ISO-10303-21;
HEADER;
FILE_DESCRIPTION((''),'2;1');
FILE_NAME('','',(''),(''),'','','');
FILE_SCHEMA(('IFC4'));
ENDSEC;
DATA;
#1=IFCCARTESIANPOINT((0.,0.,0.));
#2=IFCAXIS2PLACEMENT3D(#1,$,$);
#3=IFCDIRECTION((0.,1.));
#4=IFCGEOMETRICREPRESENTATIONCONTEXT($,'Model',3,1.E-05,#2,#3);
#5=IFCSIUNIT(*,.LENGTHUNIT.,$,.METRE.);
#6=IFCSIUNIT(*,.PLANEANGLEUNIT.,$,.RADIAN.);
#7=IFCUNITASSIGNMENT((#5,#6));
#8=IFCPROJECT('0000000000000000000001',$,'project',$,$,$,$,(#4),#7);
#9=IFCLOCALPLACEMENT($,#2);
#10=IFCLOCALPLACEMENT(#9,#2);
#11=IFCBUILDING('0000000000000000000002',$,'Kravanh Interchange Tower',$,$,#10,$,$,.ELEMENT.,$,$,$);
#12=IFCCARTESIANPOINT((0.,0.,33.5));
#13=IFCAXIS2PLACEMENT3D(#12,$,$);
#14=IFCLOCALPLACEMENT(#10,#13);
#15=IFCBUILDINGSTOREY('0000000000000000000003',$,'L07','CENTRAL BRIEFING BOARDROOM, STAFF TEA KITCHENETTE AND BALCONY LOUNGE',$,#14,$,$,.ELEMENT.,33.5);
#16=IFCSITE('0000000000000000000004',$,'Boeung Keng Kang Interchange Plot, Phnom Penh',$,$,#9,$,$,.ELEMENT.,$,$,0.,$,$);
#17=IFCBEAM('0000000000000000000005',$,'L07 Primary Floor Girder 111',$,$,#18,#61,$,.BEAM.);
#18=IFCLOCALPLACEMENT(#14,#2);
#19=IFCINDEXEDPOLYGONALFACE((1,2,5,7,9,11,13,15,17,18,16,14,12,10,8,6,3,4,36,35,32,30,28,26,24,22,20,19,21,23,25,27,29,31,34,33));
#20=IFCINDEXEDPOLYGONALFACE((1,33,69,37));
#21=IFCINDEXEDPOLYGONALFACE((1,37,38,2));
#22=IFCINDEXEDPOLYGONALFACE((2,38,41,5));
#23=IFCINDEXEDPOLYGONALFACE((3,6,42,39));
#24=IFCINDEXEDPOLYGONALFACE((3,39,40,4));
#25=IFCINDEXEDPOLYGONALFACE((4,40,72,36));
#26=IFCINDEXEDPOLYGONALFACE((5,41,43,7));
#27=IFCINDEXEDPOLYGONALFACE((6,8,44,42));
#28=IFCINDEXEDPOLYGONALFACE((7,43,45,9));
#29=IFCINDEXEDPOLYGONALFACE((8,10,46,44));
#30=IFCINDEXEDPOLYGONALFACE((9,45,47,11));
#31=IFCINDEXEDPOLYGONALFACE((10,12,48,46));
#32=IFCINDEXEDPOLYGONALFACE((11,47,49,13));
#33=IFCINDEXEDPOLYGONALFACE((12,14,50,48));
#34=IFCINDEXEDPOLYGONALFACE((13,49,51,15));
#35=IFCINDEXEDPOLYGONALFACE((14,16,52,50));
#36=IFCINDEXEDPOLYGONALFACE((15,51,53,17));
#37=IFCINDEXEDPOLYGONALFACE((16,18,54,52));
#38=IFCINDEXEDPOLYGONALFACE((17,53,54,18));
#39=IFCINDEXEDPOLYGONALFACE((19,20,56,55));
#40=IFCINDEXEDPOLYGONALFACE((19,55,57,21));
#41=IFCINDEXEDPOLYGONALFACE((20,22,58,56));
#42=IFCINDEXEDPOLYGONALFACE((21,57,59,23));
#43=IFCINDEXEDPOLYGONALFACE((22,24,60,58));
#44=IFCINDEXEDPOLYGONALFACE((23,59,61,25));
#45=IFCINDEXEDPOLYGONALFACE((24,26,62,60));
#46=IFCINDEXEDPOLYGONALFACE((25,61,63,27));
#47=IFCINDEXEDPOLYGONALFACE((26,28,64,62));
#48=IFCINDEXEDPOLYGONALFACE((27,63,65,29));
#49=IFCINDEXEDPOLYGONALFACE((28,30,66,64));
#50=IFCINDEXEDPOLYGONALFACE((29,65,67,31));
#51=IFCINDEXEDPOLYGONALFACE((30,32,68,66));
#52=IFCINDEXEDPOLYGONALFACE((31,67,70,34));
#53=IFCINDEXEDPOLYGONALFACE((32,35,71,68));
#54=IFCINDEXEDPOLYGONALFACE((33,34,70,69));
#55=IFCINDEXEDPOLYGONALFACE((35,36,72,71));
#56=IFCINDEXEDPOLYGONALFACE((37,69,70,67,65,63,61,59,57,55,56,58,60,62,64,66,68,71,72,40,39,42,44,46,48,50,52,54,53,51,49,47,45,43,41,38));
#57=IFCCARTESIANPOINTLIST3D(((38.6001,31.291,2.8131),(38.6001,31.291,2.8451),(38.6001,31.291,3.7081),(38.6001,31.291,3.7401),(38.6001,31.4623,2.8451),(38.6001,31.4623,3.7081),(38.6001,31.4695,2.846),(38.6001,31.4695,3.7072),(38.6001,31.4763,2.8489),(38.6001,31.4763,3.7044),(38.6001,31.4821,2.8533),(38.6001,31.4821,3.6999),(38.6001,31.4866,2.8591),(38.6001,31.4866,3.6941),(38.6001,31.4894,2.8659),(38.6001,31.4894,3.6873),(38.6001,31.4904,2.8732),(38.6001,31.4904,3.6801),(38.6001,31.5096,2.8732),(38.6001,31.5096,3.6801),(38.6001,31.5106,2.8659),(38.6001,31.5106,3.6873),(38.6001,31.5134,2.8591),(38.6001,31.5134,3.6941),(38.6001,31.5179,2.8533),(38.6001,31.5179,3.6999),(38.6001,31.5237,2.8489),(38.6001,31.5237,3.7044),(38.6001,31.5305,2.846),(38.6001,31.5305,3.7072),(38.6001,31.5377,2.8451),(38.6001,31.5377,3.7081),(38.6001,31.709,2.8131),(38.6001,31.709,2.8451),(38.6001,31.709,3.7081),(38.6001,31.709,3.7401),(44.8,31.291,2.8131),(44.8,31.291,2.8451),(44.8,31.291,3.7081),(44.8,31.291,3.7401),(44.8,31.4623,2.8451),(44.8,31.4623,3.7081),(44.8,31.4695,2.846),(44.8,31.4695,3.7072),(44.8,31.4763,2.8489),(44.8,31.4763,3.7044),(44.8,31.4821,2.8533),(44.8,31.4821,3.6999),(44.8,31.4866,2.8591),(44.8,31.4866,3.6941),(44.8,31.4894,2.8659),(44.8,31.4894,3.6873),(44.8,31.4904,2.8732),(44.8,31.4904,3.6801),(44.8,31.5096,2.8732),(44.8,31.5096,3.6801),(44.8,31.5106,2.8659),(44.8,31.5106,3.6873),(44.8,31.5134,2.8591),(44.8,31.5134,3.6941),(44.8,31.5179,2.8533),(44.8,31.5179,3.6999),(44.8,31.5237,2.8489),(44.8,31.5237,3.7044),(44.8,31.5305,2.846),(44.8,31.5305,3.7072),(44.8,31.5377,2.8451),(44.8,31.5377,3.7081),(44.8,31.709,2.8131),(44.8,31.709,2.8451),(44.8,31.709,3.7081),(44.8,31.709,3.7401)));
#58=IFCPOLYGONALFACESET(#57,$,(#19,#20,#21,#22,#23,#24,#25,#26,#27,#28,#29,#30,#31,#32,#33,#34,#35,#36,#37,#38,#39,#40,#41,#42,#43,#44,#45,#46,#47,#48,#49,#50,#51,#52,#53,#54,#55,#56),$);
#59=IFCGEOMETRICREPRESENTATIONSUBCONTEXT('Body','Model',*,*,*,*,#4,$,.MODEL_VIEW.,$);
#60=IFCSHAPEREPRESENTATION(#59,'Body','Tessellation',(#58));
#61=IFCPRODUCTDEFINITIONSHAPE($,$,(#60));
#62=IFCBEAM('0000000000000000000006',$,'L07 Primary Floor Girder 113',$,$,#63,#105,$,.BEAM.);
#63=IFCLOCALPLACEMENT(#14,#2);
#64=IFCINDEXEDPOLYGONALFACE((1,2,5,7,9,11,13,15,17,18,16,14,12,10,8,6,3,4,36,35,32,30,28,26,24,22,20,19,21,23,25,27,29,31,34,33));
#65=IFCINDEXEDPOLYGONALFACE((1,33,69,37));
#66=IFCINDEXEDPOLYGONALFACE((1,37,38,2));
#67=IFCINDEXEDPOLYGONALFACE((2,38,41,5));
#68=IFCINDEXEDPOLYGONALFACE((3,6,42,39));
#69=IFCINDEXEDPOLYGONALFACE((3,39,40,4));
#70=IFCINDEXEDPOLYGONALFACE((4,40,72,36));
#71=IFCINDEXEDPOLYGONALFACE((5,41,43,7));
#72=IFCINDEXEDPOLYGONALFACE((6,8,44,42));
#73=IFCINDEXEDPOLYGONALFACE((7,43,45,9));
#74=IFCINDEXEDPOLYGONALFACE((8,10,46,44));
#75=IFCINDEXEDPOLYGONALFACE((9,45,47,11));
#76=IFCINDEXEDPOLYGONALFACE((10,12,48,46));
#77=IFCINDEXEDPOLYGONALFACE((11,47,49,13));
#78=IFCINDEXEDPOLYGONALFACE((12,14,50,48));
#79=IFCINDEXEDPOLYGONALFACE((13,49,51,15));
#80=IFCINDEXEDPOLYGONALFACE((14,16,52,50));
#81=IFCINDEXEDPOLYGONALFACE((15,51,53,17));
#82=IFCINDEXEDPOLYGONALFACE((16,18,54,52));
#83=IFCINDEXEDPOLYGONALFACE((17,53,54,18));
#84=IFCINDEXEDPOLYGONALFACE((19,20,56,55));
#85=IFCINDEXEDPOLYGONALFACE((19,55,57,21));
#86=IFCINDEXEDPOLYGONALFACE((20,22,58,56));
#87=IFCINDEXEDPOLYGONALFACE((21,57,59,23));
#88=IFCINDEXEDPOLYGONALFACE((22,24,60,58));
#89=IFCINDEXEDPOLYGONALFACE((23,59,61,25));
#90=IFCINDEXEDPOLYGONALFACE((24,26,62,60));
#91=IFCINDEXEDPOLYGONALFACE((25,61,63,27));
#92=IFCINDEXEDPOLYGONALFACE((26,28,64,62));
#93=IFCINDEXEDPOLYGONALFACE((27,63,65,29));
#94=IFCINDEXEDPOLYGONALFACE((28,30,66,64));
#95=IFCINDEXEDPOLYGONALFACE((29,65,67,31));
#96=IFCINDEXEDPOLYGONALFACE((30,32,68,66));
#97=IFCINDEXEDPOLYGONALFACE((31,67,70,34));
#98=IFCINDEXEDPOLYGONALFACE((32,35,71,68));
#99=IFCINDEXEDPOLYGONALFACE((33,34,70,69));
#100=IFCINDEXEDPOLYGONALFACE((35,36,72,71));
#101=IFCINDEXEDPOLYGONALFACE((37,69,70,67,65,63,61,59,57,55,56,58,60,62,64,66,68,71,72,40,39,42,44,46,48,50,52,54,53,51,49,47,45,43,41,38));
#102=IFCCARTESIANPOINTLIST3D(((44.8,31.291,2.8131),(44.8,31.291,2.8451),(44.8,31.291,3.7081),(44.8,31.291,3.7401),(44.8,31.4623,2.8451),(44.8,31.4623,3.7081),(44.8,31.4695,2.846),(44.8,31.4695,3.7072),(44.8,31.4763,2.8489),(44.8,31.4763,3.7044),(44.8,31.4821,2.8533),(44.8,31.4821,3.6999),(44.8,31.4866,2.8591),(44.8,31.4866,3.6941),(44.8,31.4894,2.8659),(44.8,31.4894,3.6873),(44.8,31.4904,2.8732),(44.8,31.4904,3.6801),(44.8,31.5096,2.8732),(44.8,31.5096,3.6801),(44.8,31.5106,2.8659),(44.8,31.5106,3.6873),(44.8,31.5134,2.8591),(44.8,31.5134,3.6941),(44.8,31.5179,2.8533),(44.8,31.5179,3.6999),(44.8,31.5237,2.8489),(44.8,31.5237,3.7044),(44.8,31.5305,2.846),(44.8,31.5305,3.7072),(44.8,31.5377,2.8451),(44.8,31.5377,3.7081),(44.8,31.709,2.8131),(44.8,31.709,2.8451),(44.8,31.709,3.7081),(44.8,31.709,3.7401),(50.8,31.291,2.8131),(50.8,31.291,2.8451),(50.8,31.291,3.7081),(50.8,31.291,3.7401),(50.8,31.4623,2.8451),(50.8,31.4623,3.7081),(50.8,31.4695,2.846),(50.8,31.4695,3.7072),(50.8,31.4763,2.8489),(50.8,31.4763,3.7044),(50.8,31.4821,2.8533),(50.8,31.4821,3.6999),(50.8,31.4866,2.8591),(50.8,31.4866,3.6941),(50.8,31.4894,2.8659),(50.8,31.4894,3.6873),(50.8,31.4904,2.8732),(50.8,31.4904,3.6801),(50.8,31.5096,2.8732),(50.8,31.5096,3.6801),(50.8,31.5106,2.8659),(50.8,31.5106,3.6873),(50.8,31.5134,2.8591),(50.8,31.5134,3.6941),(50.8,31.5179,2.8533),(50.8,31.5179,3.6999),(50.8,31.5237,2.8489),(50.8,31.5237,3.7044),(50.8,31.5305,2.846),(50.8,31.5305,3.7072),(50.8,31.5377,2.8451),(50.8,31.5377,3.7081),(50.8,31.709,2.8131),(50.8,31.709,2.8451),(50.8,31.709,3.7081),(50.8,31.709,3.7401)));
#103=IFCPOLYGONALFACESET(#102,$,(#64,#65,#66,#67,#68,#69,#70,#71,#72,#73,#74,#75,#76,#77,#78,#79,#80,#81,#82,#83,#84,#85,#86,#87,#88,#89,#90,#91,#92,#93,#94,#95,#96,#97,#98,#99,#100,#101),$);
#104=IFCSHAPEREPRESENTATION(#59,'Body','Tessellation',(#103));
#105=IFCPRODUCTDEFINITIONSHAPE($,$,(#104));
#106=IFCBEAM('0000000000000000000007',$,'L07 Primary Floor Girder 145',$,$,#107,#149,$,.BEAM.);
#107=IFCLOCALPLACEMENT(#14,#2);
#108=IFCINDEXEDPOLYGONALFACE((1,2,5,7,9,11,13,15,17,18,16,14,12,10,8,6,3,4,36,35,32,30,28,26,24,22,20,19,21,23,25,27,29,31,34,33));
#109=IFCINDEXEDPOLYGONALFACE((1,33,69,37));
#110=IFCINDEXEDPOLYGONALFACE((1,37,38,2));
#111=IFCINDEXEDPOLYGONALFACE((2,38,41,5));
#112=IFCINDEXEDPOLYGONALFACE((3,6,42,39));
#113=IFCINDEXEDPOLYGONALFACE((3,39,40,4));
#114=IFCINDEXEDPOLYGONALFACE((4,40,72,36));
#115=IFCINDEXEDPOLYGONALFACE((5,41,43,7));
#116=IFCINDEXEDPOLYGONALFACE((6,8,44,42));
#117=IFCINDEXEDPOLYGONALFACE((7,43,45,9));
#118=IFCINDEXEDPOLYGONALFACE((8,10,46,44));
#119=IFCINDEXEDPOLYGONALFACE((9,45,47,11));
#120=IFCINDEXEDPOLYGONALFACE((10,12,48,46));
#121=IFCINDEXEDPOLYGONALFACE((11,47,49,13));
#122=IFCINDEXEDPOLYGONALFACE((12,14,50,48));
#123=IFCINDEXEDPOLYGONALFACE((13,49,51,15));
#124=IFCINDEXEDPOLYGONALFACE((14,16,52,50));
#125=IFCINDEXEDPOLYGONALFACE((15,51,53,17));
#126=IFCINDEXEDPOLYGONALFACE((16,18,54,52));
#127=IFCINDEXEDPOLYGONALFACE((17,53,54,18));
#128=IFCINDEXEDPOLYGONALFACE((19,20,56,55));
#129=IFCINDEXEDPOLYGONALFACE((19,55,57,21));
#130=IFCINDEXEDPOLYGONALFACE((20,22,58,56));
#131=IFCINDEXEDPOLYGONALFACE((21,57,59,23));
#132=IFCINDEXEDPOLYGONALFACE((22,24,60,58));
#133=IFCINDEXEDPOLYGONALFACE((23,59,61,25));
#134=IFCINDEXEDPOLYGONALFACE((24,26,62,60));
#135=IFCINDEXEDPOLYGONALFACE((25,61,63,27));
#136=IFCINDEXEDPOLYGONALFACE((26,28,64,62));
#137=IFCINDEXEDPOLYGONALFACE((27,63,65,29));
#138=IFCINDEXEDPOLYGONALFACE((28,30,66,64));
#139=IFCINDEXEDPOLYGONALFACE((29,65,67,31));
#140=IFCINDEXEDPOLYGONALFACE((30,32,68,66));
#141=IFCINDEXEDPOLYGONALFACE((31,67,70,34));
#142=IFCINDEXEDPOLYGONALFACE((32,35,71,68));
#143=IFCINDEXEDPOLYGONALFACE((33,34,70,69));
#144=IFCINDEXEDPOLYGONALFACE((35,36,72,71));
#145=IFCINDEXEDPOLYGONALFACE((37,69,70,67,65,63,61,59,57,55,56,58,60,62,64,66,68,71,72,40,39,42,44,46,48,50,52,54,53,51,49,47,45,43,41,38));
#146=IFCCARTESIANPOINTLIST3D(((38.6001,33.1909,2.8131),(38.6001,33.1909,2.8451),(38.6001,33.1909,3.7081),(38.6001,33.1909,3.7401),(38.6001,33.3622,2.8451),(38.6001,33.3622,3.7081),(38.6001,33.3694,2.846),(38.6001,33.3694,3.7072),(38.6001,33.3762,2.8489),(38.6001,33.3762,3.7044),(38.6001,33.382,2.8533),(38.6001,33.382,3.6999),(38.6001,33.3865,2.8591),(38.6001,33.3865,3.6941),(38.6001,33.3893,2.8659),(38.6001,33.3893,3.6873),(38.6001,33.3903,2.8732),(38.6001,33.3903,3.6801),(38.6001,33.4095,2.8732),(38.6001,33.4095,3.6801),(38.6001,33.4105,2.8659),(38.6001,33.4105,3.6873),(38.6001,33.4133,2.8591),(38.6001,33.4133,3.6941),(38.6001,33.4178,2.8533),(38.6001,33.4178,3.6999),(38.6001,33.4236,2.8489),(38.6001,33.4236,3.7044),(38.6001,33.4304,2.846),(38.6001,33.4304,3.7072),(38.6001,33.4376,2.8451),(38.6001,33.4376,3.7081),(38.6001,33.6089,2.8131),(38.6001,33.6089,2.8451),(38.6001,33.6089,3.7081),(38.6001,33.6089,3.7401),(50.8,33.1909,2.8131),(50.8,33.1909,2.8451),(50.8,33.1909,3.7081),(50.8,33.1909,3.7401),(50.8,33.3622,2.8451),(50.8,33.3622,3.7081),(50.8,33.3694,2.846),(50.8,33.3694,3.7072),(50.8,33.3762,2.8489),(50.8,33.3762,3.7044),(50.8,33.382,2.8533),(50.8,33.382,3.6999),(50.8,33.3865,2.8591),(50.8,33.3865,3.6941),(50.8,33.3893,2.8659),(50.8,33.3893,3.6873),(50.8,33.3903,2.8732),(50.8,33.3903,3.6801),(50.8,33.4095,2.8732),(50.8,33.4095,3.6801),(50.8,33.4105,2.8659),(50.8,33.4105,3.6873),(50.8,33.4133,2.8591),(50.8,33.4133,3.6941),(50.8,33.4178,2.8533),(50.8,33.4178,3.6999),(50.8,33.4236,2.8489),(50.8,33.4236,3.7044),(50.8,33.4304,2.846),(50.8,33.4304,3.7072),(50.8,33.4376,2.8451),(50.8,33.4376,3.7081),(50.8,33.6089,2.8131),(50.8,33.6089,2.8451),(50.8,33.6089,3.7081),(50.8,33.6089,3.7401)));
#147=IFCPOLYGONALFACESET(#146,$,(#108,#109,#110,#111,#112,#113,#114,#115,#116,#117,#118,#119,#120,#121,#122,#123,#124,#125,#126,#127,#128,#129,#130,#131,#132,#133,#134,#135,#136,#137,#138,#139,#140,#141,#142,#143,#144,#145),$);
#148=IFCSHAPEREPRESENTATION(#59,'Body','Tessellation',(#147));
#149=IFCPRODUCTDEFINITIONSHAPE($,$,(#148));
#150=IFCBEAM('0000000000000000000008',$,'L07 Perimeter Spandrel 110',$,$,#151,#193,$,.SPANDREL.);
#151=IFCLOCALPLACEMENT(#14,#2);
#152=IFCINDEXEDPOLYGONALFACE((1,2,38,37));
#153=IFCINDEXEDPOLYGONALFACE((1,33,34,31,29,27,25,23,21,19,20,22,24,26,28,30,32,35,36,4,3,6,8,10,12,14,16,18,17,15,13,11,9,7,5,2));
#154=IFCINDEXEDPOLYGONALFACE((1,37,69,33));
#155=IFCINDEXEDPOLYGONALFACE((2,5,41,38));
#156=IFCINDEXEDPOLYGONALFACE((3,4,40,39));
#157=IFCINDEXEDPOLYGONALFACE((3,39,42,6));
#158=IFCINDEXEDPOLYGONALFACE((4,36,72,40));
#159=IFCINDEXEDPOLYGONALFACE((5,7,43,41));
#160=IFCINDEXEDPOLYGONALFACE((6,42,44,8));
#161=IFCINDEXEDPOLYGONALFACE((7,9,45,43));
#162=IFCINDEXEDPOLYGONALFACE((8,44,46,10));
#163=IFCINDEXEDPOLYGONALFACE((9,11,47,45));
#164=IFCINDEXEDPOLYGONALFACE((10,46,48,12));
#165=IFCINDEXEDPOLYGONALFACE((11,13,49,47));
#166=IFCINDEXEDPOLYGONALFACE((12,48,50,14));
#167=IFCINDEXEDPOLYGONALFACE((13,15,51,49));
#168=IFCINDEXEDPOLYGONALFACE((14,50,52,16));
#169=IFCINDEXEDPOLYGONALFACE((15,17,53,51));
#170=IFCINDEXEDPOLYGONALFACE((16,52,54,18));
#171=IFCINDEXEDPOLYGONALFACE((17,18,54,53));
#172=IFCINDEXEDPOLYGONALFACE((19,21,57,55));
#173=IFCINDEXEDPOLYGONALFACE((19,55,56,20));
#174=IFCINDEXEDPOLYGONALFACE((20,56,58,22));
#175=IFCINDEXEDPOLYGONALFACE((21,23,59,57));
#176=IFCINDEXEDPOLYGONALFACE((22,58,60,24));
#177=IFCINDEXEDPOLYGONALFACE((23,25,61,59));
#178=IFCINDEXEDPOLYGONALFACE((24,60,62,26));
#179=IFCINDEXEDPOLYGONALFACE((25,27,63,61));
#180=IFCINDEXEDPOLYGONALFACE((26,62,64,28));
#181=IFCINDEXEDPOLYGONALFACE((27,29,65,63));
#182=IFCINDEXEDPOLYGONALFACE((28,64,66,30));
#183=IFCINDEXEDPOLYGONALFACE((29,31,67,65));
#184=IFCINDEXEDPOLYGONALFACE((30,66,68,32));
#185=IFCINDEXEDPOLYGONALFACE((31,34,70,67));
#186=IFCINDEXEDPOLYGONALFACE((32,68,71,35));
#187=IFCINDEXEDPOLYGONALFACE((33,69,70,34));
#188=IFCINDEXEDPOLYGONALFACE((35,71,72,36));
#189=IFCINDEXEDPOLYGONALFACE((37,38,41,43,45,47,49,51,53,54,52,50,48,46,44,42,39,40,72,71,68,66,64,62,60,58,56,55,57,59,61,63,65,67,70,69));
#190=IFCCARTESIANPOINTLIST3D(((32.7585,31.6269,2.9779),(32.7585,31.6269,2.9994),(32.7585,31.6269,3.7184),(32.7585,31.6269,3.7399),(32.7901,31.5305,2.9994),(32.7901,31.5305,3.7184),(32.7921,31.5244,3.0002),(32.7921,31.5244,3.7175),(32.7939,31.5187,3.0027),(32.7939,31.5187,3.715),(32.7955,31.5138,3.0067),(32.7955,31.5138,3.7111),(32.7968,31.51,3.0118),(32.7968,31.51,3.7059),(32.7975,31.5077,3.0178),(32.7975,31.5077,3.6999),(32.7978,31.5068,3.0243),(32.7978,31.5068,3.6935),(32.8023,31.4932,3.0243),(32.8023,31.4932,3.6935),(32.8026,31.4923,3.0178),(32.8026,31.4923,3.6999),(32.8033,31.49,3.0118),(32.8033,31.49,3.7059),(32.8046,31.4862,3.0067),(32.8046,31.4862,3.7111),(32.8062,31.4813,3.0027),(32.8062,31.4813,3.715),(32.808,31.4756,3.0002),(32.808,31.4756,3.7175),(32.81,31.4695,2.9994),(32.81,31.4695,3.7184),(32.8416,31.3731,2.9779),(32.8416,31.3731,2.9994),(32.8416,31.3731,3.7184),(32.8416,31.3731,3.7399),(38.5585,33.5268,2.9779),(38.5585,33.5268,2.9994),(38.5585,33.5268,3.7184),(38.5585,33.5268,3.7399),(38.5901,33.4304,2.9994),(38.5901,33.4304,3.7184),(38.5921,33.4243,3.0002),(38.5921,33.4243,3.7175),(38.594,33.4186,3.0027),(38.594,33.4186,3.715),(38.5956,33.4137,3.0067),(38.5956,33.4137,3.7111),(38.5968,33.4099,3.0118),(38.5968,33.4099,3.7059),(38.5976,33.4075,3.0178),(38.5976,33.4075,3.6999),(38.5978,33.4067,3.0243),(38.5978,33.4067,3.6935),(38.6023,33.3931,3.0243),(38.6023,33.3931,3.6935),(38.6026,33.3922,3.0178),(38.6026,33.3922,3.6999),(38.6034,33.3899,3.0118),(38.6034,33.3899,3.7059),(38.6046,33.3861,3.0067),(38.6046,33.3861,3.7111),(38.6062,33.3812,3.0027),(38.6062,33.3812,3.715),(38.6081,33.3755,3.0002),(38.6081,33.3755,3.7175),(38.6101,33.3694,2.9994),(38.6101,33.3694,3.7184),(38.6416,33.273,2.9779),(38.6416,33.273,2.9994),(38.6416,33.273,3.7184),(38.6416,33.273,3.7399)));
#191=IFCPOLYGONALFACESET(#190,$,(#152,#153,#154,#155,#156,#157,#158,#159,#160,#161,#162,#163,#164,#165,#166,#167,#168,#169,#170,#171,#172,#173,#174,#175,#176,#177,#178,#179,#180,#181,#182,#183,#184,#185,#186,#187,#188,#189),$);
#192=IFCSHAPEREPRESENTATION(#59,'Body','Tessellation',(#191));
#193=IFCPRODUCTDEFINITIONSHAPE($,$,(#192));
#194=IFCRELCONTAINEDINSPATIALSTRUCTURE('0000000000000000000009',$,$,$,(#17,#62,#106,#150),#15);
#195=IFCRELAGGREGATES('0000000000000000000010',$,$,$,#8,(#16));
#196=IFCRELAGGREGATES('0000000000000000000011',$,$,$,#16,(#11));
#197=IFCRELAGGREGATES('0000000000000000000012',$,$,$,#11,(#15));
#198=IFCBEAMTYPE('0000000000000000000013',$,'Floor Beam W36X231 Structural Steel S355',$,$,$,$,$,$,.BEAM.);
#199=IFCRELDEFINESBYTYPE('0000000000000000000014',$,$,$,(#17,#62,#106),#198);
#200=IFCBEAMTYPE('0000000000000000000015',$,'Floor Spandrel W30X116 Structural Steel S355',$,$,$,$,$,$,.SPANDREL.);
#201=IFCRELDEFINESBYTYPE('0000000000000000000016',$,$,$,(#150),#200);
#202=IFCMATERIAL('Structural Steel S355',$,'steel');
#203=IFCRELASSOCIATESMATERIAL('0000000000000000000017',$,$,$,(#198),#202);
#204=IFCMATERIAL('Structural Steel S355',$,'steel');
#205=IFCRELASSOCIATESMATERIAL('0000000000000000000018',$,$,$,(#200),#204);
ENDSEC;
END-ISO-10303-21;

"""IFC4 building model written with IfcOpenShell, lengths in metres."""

from ifc_helpers import new_model, si_unit, direction, frame, origin, origin_2d, place, context, subcontext, project, spatial, i_section, extrude, material, material_profile, profile_set, type_object, element, save


model = new_model("IFC4")

# Units and contexts
model_context = context("Model", 3, precision=1e-05, world=origin(), true_north=direction((0.0, 1.0)))
body_context = subcontext(model_context, "Body", "Model", "MODEL_VIEW")
ifc_project = project(units=[si_unit("LENGTHUNIT", "METRE"), si_unit("PLANEANGLEUNIT", "RADIAN")], contexts=[model_context])

# Site, building, storey
site_placement = place(None, origin())
site = spatial("IfcSite", under=ifc_project, at=site_placement, Name="Boeung Keng Kang Interchange Plot, Phnom Penh", CompositionType="ELEMENT", RefElevation=0.0)
building_placement = place(site_placement, origin())
building = spatial("IfcBuilding", under=site, at=building_placement, Name="Kravanh Interchange Tower", CompositionType="ELEMENT")
storey_placement = place(building_placement, frame((0.0, 0.0, 33.5)))
storey = spatial("IfcBuildingStorey", under=building, at=storey_placement, Name="L07", Description="CENTRAL BRIEFING BOARDROOM, STAFF TEA KITCHENETTE AND BALCONY LOUNGE", CompositionType="ELEMENT", Elevation=33.5)

# Beams
ifc_material_1 = material(Name="Structural Steel S355", Category="steel")
ifc_material_profile_1 = material_profile(ifc_material_1, i_section(OverallWidth=0.418, OverallDepth=0.927, WebThickness=0.0193, FlangeThickness=0.032, FilletRadius=0.0281, at=origin_2d()), Name="W36X231")
ifc_profile_set_1 = profile_set([ifc_material_profile_1], Name="Structural Steel S355")
beam_type_1 = type_object("IfcBeamType", Name="Floor Beam W36X231 Structural Steel S355", PredefinedType="BEAM", material=ifc_profile_set_1)
beam_1_placement = place(storey_placement, frame((38.6001, 31.5, 3.2766), z_axis=(1.0, 0.0, 0.0), x_axis=(0.0, 1.0, 0.0)))
element("IfcBeam", 1, at=beam_1_placement, inside=storey, type_object=beam_type_1, Name="L07 Primary Floor Girder 111", PredefinedType="BEAM", context=body_context, shape_type="SweptSolid", body=[
    extrude(i_section(OverallWidth=0.418, OverallDepth=0.927, WebThickness=0.0193, FlangeThickness=0.032, FilletRadius=0.0281, at=origin_2d()), origin(), (0.0, 0.0, 1.0), 6.2),
])
beam_2_placement = place(storey_placement, frame((44.8, 31.5, 3.2766), z_axis=(1.0, 0.0, 0.0), x_axis=(0.0, 1.0, 0.0)))
element("IfcBeam", 2, at=beam_2_placement, inside=storey, type_object=beam_type_1, Name="L07 Primary Floor Girder 113", PredefinedType="BEAM", context=body_context, shape_type="SweptSolid", body=[
    extrude(i_section(OverallWidth=0.418, OverallDepth=0.927, WebThickness=0.0193, FlangeThickness=0.032, FilletRadius=0.0281, at=origin_2d()), origin(), (0.0, 0.0, 1.0), 6.0),
])
beam_3_placement = place(storey_placement, frame((38.6001, 33.3999, 3.2766), z_axis=(1.0, 0.0, 0.0), x_axis=(0.0, 1.0, 0.0)))
element("IfcBeam", 3, at=beam_3_placement, inside=storey, type_object=beam_type_1, Name="L07 Primary Floor Girder 145", PredefinedType="BEAM", context=body_context, shape_type="SweptSolid", body=[
    extrude(i_section(OverallWidth=0.418, OverallDepth=0.927, WebThickness=0.0193, FlangeThickness=0.032, FilletRadius=0.0281, at=origin_2d()), origin(), (0.0, 0.0, 1.0), 12.2),
])
ifc_material_2 = material(Name="Structural Steel S355", Category="steel")
ifc_material_profile_2 = material_profile(ifc_material_2, i_section(OverallWidth=0.2671, OverallDepth=0.762, WebThickness=0.0144, FlangeThickness=0.0215, FilletRadius=0.0249, at=origin_2d()), Name="W30X116")
ifc_profile_set_2 = profile_set([ifc_material_profile_2], Name="Structural Steel S355")
beam_type_2 = type_object("IfcBeamType", Name="Floor Spandrel W30X116 Structural Steel S355", PredefinedType="SPANDREL", material=ifc_profile_set_2)
beam_4_placement = place(storey_placement, frame((32.8, 31.5, 3.3589), z_axis=(0.950315, 0.311291, 0.0), x_axis=(-0.311291, 0.950315, 0.0)))
element("IfcBeam", 4, at=beam_4_placement, inside=storey, type_object=beam_type_2, Name="L07 Perimeter Spandrel 110", PredefinedType="SPANDREL", context=body_context, shape_type="SweptSolid", body=[
    extrude(i_section(OverallWidth=0.2671, OverallDepth=0.762, WebThickness=0.0144, FlangeThickness=0.0215, FilletRadius=0.0249, at=origin_2d()), origin(), (0.0, 0.0, 1.0), 6.1033),
])

save(model, "model.ifc")
